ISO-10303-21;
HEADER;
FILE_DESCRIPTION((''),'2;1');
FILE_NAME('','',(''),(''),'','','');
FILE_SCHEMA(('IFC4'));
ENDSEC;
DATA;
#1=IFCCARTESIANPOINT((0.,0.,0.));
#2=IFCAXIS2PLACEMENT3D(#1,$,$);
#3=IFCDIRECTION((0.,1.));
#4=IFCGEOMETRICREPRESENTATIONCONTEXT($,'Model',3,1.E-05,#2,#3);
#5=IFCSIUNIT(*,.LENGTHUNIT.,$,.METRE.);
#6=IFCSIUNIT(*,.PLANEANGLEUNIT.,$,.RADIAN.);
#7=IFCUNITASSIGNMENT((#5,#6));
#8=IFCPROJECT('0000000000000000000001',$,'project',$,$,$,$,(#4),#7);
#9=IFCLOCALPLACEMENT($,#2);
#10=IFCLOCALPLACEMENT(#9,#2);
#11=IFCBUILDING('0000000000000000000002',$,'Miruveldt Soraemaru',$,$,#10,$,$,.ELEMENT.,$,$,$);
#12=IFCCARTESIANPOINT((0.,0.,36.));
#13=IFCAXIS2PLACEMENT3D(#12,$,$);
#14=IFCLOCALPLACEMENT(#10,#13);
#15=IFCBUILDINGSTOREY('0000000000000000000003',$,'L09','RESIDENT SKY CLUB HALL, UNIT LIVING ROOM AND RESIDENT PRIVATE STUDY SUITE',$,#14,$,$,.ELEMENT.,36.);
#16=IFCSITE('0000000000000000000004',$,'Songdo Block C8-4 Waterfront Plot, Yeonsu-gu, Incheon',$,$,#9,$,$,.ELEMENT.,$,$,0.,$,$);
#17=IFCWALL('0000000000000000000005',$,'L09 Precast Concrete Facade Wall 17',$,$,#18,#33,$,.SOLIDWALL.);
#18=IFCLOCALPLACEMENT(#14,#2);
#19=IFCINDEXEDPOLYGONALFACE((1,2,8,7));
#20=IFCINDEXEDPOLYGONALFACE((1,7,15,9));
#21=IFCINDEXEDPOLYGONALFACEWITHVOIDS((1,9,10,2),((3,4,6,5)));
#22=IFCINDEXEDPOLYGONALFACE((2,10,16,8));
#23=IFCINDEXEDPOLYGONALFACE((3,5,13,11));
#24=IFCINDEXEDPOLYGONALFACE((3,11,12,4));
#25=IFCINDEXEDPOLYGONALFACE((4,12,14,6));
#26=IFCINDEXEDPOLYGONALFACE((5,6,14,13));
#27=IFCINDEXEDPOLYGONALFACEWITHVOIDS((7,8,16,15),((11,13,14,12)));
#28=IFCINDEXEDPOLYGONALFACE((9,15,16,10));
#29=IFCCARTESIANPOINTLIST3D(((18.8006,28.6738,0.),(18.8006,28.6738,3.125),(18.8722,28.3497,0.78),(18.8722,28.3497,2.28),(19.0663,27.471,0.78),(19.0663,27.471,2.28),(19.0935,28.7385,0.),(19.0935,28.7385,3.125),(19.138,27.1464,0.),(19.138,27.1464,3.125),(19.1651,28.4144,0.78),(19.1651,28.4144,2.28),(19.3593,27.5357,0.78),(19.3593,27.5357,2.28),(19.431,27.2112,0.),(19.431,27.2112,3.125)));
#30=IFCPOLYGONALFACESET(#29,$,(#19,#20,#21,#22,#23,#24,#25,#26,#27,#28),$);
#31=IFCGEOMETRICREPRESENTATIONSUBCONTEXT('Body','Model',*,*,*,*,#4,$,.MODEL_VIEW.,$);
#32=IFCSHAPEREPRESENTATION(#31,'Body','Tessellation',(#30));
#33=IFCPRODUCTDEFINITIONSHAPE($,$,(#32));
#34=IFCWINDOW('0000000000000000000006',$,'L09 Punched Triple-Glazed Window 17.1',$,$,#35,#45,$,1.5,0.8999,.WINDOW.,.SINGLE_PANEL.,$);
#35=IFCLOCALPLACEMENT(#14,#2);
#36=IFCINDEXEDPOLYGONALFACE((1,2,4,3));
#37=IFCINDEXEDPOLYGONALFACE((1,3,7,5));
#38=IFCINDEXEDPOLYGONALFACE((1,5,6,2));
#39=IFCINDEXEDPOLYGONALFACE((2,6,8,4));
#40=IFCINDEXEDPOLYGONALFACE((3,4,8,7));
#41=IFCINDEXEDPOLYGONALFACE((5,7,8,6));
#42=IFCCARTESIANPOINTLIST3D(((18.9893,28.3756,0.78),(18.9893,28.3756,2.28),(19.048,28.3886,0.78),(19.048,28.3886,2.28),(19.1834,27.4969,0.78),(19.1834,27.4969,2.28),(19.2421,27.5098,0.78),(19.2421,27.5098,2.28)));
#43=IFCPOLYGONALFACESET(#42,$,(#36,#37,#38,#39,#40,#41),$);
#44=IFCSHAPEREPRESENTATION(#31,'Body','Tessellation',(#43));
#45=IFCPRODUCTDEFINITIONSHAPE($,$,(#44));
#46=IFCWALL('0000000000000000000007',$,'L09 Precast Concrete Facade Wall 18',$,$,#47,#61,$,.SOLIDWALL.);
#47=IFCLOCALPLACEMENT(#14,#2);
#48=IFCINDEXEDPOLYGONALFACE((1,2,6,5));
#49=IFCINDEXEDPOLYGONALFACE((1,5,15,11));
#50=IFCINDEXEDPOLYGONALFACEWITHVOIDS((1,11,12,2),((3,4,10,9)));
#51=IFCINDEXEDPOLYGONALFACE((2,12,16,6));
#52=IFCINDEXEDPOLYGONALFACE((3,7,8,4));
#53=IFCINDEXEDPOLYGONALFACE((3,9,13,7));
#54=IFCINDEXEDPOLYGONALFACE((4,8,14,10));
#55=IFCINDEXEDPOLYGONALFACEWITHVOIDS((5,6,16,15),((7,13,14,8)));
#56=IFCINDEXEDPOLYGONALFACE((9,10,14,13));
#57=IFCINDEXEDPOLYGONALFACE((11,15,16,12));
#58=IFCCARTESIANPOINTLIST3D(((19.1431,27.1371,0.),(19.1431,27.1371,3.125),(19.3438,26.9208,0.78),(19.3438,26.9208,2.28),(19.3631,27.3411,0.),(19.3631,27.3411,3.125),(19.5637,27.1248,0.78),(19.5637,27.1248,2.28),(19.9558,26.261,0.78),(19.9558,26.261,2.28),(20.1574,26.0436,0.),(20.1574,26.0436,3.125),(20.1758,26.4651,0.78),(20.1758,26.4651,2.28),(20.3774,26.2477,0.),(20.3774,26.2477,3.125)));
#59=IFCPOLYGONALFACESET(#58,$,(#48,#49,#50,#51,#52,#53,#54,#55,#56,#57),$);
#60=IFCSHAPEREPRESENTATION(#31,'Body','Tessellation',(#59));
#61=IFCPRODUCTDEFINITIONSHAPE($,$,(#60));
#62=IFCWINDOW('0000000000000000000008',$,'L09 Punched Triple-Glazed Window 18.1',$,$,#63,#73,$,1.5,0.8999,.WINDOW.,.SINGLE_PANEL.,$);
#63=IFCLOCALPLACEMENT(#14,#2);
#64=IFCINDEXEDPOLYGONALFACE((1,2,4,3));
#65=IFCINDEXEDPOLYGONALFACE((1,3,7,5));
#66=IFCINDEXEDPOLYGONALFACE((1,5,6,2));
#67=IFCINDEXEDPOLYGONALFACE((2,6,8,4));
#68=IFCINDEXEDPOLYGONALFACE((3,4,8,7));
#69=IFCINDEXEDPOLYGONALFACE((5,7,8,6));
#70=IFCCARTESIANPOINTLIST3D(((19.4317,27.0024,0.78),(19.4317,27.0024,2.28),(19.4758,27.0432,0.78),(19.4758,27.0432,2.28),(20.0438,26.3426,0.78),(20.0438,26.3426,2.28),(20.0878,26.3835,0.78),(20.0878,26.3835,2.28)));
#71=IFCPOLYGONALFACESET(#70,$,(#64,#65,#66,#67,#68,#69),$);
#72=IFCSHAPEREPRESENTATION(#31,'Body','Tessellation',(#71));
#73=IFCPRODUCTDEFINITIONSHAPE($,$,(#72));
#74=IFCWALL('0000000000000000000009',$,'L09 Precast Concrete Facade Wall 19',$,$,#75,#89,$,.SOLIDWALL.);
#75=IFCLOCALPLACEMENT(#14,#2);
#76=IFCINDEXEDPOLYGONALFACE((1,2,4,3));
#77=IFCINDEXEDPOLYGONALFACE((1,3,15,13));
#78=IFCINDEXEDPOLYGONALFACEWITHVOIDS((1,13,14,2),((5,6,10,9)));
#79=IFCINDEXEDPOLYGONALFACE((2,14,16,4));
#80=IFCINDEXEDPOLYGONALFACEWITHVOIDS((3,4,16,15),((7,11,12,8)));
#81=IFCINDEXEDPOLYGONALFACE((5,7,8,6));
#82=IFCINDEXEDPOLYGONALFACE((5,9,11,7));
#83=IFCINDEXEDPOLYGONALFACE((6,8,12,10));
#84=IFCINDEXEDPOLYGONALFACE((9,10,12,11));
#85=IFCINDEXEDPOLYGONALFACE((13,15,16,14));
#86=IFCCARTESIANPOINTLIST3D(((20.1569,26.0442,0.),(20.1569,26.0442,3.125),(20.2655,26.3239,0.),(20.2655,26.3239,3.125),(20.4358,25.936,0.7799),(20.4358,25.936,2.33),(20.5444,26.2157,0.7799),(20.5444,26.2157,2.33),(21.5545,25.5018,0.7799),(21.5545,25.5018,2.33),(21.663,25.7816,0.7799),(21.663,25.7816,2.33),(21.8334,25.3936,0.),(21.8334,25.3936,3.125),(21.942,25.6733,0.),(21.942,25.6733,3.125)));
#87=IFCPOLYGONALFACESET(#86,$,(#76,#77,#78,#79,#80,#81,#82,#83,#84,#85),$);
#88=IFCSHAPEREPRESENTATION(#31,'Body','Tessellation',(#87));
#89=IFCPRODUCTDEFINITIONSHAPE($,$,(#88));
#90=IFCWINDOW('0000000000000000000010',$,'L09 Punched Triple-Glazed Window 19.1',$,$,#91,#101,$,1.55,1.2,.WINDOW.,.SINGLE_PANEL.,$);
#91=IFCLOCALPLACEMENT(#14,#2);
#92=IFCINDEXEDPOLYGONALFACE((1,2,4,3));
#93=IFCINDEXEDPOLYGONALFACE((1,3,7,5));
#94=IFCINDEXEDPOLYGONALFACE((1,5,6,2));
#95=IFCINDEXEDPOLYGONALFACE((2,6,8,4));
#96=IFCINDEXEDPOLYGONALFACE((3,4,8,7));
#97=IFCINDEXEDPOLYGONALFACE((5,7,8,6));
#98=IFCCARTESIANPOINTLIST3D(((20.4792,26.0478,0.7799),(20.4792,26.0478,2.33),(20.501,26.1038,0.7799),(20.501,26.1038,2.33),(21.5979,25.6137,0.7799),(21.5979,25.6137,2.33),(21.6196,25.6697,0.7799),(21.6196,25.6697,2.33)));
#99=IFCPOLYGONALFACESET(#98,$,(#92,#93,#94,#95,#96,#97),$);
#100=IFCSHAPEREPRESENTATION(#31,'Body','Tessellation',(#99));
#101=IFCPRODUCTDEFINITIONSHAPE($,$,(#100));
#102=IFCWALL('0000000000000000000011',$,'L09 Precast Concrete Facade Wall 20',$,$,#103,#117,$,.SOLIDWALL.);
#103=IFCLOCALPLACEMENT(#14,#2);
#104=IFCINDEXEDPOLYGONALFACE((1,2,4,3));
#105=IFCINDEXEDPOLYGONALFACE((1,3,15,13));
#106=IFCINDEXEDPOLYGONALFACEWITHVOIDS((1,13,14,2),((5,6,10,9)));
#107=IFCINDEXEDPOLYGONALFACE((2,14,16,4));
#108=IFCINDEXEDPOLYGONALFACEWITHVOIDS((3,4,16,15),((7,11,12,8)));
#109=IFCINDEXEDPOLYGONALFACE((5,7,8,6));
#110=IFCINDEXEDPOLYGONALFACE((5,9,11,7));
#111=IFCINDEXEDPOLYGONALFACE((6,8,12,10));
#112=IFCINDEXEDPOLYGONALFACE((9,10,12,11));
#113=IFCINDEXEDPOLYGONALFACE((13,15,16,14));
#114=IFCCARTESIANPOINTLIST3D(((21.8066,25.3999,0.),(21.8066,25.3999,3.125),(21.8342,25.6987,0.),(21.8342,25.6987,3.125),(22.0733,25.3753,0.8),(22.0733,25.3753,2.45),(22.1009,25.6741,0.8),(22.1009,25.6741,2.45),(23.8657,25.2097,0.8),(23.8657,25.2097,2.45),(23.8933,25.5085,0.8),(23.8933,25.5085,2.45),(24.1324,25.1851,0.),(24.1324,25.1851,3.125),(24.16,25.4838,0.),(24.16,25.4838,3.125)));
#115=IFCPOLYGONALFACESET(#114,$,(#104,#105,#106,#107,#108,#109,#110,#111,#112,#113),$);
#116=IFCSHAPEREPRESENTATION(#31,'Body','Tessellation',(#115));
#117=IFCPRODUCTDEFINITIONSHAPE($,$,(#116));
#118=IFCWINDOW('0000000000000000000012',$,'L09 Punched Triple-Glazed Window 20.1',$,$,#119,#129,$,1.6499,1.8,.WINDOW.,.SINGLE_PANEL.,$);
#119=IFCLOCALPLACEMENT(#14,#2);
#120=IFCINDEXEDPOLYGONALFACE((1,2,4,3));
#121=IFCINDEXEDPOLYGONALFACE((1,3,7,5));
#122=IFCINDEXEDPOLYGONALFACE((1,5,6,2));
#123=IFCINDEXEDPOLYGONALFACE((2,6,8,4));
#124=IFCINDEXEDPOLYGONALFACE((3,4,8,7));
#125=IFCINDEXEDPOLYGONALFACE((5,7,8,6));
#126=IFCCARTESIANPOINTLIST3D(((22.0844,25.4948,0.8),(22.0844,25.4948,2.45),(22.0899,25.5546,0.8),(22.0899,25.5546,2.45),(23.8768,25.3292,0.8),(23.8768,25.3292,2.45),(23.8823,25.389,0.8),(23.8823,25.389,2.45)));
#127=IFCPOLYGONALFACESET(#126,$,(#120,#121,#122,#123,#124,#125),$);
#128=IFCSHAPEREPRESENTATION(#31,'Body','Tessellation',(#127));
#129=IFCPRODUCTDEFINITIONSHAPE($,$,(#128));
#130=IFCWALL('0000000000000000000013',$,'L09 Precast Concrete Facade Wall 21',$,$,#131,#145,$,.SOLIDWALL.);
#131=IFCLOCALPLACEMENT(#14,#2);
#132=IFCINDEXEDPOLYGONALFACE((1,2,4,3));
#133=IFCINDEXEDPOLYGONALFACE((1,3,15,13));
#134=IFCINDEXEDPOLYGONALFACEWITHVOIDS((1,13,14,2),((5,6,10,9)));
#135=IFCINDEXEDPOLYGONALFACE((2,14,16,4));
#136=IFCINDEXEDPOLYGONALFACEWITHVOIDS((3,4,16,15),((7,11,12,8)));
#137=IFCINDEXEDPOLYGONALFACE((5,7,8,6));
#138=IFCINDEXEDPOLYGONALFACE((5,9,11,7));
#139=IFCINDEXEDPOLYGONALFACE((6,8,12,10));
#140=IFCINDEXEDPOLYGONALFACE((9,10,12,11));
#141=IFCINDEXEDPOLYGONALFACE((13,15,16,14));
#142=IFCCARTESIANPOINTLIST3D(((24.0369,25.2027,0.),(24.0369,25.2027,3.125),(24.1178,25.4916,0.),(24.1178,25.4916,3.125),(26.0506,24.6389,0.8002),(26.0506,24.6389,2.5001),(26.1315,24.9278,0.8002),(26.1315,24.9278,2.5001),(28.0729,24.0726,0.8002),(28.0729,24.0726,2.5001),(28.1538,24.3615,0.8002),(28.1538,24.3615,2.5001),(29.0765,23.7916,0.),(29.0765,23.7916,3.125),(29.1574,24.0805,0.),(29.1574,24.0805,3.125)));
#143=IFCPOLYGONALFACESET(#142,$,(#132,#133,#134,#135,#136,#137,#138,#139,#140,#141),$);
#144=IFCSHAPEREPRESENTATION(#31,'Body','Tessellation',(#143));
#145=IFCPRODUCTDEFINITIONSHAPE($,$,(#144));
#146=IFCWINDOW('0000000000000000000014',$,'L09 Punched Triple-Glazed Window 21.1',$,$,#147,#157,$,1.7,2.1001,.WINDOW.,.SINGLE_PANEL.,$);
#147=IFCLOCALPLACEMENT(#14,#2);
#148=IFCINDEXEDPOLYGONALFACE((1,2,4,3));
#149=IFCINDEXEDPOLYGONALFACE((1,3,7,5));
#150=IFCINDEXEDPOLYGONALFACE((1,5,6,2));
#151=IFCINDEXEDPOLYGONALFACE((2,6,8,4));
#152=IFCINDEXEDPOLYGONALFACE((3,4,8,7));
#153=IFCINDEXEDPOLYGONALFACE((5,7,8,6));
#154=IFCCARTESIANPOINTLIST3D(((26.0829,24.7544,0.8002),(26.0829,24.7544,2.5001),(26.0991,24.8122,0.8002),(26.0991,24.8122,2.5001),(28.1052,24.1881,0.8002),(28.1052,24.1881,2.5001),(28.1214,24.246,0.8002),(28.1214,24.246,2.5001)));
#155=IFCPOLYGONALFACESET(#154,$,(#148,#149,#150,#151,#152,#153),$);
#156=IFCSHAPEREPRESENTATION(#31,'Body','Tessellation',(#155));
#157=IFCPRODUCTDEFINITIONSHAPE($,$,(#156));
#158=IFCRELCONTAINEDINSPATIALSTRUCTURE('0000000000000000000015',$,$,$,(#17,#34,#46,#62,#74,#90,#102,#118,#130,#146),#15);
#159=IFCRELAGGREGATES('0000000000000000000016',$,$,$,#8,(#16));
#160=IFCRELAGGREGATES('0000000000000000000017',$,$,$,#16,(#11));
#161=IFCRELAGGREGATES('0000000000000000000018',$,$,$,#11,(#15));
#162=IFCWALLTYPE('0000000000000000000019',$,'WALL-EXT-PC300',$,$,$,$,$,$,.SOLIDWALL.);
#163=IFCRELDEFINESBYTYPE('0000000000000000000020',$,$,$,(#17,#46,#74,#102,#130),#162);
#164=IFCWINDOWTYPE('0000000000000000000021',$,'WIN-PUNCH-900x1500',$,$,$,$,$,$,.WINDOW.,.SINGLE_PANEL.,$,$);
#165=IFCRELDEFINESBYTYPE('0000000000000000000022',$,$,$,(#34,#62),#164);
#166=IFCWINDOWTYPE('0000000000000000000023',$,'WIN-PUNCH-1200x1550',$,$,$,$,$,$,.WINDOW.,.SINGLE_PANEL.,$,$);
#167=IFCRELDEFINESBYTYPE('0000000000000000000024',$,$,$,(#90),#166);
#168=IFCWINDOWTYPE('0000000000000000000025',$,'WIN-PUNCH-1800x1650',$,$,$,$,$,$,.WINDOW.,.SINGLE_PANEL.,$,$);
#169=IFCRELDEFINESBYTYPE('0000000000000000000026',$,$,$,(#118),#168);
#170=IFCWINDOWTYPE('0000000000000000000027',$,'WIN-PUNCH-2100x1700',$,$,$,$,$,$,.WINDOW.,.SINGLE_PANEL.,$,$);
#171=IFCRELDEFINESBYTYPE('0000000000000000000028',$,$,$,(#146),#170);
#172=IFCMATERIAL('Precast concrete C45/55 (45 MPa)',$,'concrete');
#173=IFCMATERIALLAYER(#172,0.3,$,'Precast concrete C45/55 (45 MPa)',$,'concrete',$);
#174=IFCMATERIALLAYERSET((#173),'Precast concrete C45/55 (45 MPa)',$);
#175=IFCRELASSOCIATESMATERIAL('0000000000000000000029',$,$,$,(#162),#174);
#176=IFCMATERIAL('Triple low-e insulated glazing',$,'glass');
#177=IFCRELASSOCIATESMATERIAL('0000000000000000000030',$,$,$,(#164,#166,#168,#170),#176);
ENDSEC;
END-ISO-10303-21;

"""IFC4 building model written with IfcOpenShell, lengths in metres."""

from ifc_helpers import new_model, si_unit, direction, frame, frame_2d, origin, place, context, subcontext, project, spatial, rectangle, extrude, material, layer, layer_set, type_object, element, fill, save


model = new_model("IFC4")

# Units and contexts
model_context = context("Model", 3, precision=1e-05, world=origin(), true_north=direction((0.0, 1.0)))
body_context = subcontext(model_context, "Body", "Model", "MODEL_VIEW")
ifc_project = project(units=[si_unit("LENGTHUNIT", "METRE"), si_unit("PLANEANGLEUNIT", "RADIAN")], contexts=[model_context])

# Site, building, storey
site_placement = place(None, origin())
site = spatial("IfcSite", under=ifc_project, at=site_placement, Name="Songdo Block C8-4 Waterfront Plot, Yeonsu-gu, Incheon", CompositionType="ELEMENT", RefElevation=0.0)
building_placement = place(site_placement, origin())
building = spatial("IfcBuilding", under=site, at=building_placement, Name="Miruveldt Soraemaru", CompositionType="ELEMENT")
storey_placement = place(building_placement, frame((0.0, 0.0, 36.0)))
storey = spatial("IfcBuildingStorey", under=building, at=storey_placement, Name="L09", Description="RESIDENT SKY CLUB HALL, UNIT LIVING ROOM AND RESIDENT PRIVATE STUDY SUITE", CompositionType="ELEMENT", Elevation=36.0)

# Walls, openings, windows
ifc_material_1 = material(Name="Precast concrete C45/55 (45 MPa)", Category="concrete")
ifc_layer_1 = layer(ifc_material_1, 0.3, Name="Precast concrete C45/55 (45 MPa)", Category="concrete")
ifc_layer_set_1 = layer_set([ifc_layer_1], Name="Precast concrete C45/55 (45 MPa)")
wall_type_1 = type_object("IfcWallType", Name="WALL-EXT-PC300", PredefinedType="SOLIDWALL", material=ifc_layer_set_1)
ifc_material_2 = material(Name="Triple low-e insulated glazing", Category="glass")
wall_1_placement = place(storey_placement, frame((18.947, 28.7063, 0.0), z_axis=(0.0, 0.0, 1.0), x_axis=(0.215707, -0.976458, 0.0)))
wall_1 = element("IfcWall", 1, at=wall_1_placement, inside=storey, type_object=wall_type_1, Name="L09 Precast Concrete Facade Wall 17", PredefinedType="SOLIDWALL", context=body_context, shape_type="SweptSolid", body=[
    extrude(rectangle(XDim=1.5642, YDim=0.3, at=frame_2d((0.7822, 0.0))), origin(), (0.0, 0.0, 1.0), 3.125),
])
opening_1_placement = place(wall_1_placement, frame((0.332, 0.0, 0.78)))
opening_1 = element("IfcOpeningElement", 2, at=opening_1_placement, cuts=wall_1, PredefinedType="OPENING", context=body_context, shape_type="SweptSolid", body=[
    extrude(rectangle(XDim=0.8999, YDim=1.5, at=frame_2d((0.45, 0.75))), frame((0.0, 0.1602, 0.0), z_axis=(0.0, -1.0, 0.0), x_axis=(1.0, 0.0, 0.0)), (0.0, 0.0, 1.0), 0.3201),
])
window_type_1 = type_object("IfcWindowType", Name="WIN-PUNCH-900x1500", PartitioningType="SINGLE_PANEL", PredefinedType="WINDOW", material=ifc_material_2)
window_1_placement = place(opening_1_placement, origin())
window_1 = element("IfcWindow", 3, at=window_1_placement, inside=storey, type_object=window_type_1, Name="L09 Punched Triple-Glazed Window 17.1", OverallHeight=1.5, OverallWidth=0.8999, PartitioningType="SINGLE_PANEL", PredefinedType="WINDOW", context=body_context, shape_type="SweptSolid", body=[
    extrude(rectangle(XDim=0.8999, YDim=1.5, at=frame_2d((0.45, 0.75))), frame((0.0, 0.03, 0.0), z_axis=(0.0, -1.0, 0.0), x_axis=(1.0, 0.0, 0.0)), (0.0, 0.0, 1.0), 0.0601),
])
fill(opening_1, window_1)
wall_2_placement = place(storey_placement, frame((19.2532, 27.239, 0.0), z_axis=(0.0, 0.0, 1.0), x_axis=(0.680093, -0.733126, 0.0)))
wall_2 = element("IfcWall", 4, at=wall_2_placement, inside=storey, type_object=wall_type_1, Name="L09 Precast Concrete Facade Wall 18", PredefinedType="SOLIDWALL", context=body_context, shape_type="SweptSolid", body=[
    extrude(rectangle(XDim=1.4915, YDim=0.3, at=frame_2d((0.7456, 0.0))), origin(), (0.0, 0.0, 1.0), 3.125),
])
opening_2_placement = place(wall_2_placement, frame((0.2949, 0.0, 0.78)))
opening_2 = element("IfcOpeningElement", 5, at=opening_2_placement, cuts=wall_2, PredefinedType="OPENING", context=body_context, shape_type="SweptSolid", body=[
    extrude(rectangle(XDim=0.8999, YDim=1.5, at=frame_2d((0.45, 0.75))), frame((0.0, 0.1602, 0.0), z_axis=(0.0, -1.0, 0.0), x_axis=(1.0, 0.0, 0.0)), (0.0, 0.0, 1.0), 0.3201),
])
window_2_placement = place(opening_2_placement, origin())
window_2 = element("IfcWindow", 6, at=window_2_placement, inside=storey, type_object=window_type_1, Name="L09 Punched Triple-Glazed Window 18.1", OverallHeight=1.5, OverallWidth=0.8999, PartitioningType="SINGLE_PANEL", PredefinedType="WINDOW", context=body_context, shape_type="SweptSolid", body=[
    extrude(rectangle(XDim=0.8999, YDim=1.5, at=frame_2d((0.45, 0.75))), frame((0.0, 0.03, 0.0), z_axis=(0.0, -1.0, 0.0), x_axis=(1.0, 0.0, 0.0)), (0.0, 0.0, 1.0), 0.0601),
])
fill(opening_2, window_2)
wall_3_placement = place(storey_placement, frame((20.2112, 26.1841, 0.0), z_axis=(0.0, 0.0, 1.0), x_axis=(0.932257, -0.361798, 0.0)))
wall_3 = element("IfcWall", 7, at=wall_3_placement, inside=storey, type_object=wall_type_1, Name="L09 Precast Concrete Facade Wall 19", PredefinedType="SOLIDWALL", context=body_context, shape_type="SweptSolid", body=[
    extrude(rectangle(XDim=1.7983, YDim=0.3, at=frame_2d((0.8992, 0.0))), origin(), (0.0, 0.0, 1.0), 3.125),
])
opening_3_placement = place(wall_3_placement, frame((0.2991, 0.0, 0.78)))
opening_3 = element("IfcOpeningElement", 8, at=opening_3_placement, cuts=wall_3, PredefinedType="OPENING", context=body_context, shape_type="SweptSolid", body=[
    extrude(rectangle(XDim=1.2, YDim=1.55, at=frame_2d((0.6001, 0.7749))), frame((0.0, 0.1602, 0.0), z_axis=(0.0, -1.0, 0.0), x_axis=(1.0, 0.0, 0.0)), (0.0, 0.0, 1.0), 0.3201),
])
window_type_2 = type_object("IfcWindowType", Name="WIN-PUNCH-1200x1550", PartitioningType="SINGLE_PANEL", PredefinedType="WINDOW", material=ifc_material_2)
window_3_placement = place(opening_3_placement, origin())
window_3 = element("IfcWindow", 9, at=window_3_placement, inside=storey, type_object=window_type_2, Name="L09 Punched Triple-Glazed Window 19.1", OverallHeight=1.55, OverallWidth=1.2, PartitioningType="SINGLE_PANEL", PredefinedType="WINDOW", context=body_context, shape_type="SweptSolid", body=[
    extrude(rectangle(XDim=1.2, YDim=1.55, at=frame_2d((0.6001, 0.7749))), frame((0.0, 0.03, 0.0), z_axis=(0.0, -1.0, 0.0), x_axis=(1.0, 0.0, 0.0)), (0.0, 0.0, 1.0), 0.0601),
])
fill(opening_3, window_3)
wall_4_placement = place(storey_placement, frame((21.8203, 25.5493, 0.0), z_axis=(0.0, 0.0, 1.0), x_axis=(0.99576, -0.091987, 0.0)))
wall_4 = element("IfcWall", 10, at=wall_4_placement, inside=storey, type_object=wall_type_1, Name="L09 Precast Concrete Facade Wall 20", PredefinedType="SOLIDWALL", context=body_context, shape_type="SweptSolid", body=[
    extrude(rectangle(XDim=2.3357, YDim=0.3, at=frame_2d((1.168, 0.0))), origin(), (0.0, 0.0, 1.0), 3.125),
])
opening_4_placement = place(wall_4_placement, frame((0.2681, 0.0, 0.8)))
opening_4 = element("IfcOpeningElement", 11, at=opening_4_placement, cuts=wall_4, PredefinedType="OPENING", context=body_context, shape_type="SweptSolid", body=[
    extrude(rectangle(XDim=1.8, YDim=1.6499, at=frame_2d((0.8999, 0.825))), frame((0.0, 0.1602, 0.0), z_axis=(0.0, -1.0, 0.0), x_axis=(1.0, 0.0, 0.0)), (0.0, 0.0, 1.0), 0.3201),
])
window_type_3 = type_object("IfcWindowType", Name="WIN-PUNCH-1800x1650", PartitioningType="SINGLE_PANEL", PredefinedType="WINDOW", material=ifc_material_2)
window_4_placement = place(opening_4_placement, origin())
window_4 = element("IfcWindow", 12, at=window_4_placement, inside=storey, type_object=window_type_3, Name="L09 Punched Triple-Glazed Window 20.1", OverallHeight=1.6499, OverallWidth=1.8, PartitioningType="SINGLE_PANEL", PredefinedType="WINDOW", context=body_context, shape_type="SweptSolid", body=[
    extrude(rectangle(XDim=1.8, YDim=1.6499, at=frame_2d((0.8999, 0.825))), frame((0.0, 0.03, 0.0), z_axis=(0.0, -1.0, 0.0), x_axis=(1.0, 0.0, 0.0)), (0.0, 0.0, 1.0), 0.0601),
])
fill(opening_4, window_4)
wall_5_placement = place(storey_placement, frame((24.0774, 25.3472, 0.0), z_axis=(0.0, 0.0, 1.0), x_axis=(0.962961, -0.26964, 0.0)))
wall_5 = element("IfcWall", 13, at=wall_5_placement, inside=storey, type_object=wall_type_1, Name="L09 Precast Concrete Facade Wall 21", PredefinedType="SOLIDWALL", context=body_context, shape_type="SweptSolid", body=[
    extrude(rectangle(XDim=5.2334, YDim=0.3, at=frame_2d((2.6167, 0.0))), origin(), (0.0, 0.0, 1.0), 3.125),
])
opening_5_placement = place(wall_5_placement, frame((2.0911, 0.0, 0.8)))
opening_5 = element("IfcOpeningElement", 14, at=opening_5_placement, cuts=wall_5, PredefinedType="OPENING", context=body_context, shape_type="SweptSolid", body=[
    extrude(rectangle(XDim=2.1001, YDim=1.7, at=frame_2d((1.05, 0.8501))), frame((0.0, 0.1602, 0.0), z_axis=(0.0, -1.0, 0.0), x_axis=(1.0, 0.0, 0.0)), (0.0, 0.0, 1.0), 0.3201),
])
window_type_4 = type_object("IfcWindowType", Name="WIN-PUNCH-2100x1700", PartitioningType="SINGLE_PANEL", PredefinedType="WINDOW", material=ifc_material_2)
window_5_placement = place(opening_5_placement, origin())
window_5 = element("IfcWindow", 15, at=window_5_placement, inside=storey, type_object=window_type_4, Name="L09 Punched Triple-Glazed Window 21.1", OverallHeight=1.7, OverallWidth=2.1001, PartitioningType="SINGLE_PANEL", PredefinedType="WINDOW", context=body_context, shape_type="SweptSolid", body=[
    extrude(rectangle(XDim=2.1001, YDim=1.7, at=frame_2d((1.05, 0.8501))), frame((0.0, 0.03, 0.0), z_axis=(0.0, -1.0, 0.0), x_axis=(1.0, 0.0, 0.0)), (0.0, 0.0, 1.0), 0.0601),
])
fill(opening_5, window_5)

save(model, "model.ifc")
